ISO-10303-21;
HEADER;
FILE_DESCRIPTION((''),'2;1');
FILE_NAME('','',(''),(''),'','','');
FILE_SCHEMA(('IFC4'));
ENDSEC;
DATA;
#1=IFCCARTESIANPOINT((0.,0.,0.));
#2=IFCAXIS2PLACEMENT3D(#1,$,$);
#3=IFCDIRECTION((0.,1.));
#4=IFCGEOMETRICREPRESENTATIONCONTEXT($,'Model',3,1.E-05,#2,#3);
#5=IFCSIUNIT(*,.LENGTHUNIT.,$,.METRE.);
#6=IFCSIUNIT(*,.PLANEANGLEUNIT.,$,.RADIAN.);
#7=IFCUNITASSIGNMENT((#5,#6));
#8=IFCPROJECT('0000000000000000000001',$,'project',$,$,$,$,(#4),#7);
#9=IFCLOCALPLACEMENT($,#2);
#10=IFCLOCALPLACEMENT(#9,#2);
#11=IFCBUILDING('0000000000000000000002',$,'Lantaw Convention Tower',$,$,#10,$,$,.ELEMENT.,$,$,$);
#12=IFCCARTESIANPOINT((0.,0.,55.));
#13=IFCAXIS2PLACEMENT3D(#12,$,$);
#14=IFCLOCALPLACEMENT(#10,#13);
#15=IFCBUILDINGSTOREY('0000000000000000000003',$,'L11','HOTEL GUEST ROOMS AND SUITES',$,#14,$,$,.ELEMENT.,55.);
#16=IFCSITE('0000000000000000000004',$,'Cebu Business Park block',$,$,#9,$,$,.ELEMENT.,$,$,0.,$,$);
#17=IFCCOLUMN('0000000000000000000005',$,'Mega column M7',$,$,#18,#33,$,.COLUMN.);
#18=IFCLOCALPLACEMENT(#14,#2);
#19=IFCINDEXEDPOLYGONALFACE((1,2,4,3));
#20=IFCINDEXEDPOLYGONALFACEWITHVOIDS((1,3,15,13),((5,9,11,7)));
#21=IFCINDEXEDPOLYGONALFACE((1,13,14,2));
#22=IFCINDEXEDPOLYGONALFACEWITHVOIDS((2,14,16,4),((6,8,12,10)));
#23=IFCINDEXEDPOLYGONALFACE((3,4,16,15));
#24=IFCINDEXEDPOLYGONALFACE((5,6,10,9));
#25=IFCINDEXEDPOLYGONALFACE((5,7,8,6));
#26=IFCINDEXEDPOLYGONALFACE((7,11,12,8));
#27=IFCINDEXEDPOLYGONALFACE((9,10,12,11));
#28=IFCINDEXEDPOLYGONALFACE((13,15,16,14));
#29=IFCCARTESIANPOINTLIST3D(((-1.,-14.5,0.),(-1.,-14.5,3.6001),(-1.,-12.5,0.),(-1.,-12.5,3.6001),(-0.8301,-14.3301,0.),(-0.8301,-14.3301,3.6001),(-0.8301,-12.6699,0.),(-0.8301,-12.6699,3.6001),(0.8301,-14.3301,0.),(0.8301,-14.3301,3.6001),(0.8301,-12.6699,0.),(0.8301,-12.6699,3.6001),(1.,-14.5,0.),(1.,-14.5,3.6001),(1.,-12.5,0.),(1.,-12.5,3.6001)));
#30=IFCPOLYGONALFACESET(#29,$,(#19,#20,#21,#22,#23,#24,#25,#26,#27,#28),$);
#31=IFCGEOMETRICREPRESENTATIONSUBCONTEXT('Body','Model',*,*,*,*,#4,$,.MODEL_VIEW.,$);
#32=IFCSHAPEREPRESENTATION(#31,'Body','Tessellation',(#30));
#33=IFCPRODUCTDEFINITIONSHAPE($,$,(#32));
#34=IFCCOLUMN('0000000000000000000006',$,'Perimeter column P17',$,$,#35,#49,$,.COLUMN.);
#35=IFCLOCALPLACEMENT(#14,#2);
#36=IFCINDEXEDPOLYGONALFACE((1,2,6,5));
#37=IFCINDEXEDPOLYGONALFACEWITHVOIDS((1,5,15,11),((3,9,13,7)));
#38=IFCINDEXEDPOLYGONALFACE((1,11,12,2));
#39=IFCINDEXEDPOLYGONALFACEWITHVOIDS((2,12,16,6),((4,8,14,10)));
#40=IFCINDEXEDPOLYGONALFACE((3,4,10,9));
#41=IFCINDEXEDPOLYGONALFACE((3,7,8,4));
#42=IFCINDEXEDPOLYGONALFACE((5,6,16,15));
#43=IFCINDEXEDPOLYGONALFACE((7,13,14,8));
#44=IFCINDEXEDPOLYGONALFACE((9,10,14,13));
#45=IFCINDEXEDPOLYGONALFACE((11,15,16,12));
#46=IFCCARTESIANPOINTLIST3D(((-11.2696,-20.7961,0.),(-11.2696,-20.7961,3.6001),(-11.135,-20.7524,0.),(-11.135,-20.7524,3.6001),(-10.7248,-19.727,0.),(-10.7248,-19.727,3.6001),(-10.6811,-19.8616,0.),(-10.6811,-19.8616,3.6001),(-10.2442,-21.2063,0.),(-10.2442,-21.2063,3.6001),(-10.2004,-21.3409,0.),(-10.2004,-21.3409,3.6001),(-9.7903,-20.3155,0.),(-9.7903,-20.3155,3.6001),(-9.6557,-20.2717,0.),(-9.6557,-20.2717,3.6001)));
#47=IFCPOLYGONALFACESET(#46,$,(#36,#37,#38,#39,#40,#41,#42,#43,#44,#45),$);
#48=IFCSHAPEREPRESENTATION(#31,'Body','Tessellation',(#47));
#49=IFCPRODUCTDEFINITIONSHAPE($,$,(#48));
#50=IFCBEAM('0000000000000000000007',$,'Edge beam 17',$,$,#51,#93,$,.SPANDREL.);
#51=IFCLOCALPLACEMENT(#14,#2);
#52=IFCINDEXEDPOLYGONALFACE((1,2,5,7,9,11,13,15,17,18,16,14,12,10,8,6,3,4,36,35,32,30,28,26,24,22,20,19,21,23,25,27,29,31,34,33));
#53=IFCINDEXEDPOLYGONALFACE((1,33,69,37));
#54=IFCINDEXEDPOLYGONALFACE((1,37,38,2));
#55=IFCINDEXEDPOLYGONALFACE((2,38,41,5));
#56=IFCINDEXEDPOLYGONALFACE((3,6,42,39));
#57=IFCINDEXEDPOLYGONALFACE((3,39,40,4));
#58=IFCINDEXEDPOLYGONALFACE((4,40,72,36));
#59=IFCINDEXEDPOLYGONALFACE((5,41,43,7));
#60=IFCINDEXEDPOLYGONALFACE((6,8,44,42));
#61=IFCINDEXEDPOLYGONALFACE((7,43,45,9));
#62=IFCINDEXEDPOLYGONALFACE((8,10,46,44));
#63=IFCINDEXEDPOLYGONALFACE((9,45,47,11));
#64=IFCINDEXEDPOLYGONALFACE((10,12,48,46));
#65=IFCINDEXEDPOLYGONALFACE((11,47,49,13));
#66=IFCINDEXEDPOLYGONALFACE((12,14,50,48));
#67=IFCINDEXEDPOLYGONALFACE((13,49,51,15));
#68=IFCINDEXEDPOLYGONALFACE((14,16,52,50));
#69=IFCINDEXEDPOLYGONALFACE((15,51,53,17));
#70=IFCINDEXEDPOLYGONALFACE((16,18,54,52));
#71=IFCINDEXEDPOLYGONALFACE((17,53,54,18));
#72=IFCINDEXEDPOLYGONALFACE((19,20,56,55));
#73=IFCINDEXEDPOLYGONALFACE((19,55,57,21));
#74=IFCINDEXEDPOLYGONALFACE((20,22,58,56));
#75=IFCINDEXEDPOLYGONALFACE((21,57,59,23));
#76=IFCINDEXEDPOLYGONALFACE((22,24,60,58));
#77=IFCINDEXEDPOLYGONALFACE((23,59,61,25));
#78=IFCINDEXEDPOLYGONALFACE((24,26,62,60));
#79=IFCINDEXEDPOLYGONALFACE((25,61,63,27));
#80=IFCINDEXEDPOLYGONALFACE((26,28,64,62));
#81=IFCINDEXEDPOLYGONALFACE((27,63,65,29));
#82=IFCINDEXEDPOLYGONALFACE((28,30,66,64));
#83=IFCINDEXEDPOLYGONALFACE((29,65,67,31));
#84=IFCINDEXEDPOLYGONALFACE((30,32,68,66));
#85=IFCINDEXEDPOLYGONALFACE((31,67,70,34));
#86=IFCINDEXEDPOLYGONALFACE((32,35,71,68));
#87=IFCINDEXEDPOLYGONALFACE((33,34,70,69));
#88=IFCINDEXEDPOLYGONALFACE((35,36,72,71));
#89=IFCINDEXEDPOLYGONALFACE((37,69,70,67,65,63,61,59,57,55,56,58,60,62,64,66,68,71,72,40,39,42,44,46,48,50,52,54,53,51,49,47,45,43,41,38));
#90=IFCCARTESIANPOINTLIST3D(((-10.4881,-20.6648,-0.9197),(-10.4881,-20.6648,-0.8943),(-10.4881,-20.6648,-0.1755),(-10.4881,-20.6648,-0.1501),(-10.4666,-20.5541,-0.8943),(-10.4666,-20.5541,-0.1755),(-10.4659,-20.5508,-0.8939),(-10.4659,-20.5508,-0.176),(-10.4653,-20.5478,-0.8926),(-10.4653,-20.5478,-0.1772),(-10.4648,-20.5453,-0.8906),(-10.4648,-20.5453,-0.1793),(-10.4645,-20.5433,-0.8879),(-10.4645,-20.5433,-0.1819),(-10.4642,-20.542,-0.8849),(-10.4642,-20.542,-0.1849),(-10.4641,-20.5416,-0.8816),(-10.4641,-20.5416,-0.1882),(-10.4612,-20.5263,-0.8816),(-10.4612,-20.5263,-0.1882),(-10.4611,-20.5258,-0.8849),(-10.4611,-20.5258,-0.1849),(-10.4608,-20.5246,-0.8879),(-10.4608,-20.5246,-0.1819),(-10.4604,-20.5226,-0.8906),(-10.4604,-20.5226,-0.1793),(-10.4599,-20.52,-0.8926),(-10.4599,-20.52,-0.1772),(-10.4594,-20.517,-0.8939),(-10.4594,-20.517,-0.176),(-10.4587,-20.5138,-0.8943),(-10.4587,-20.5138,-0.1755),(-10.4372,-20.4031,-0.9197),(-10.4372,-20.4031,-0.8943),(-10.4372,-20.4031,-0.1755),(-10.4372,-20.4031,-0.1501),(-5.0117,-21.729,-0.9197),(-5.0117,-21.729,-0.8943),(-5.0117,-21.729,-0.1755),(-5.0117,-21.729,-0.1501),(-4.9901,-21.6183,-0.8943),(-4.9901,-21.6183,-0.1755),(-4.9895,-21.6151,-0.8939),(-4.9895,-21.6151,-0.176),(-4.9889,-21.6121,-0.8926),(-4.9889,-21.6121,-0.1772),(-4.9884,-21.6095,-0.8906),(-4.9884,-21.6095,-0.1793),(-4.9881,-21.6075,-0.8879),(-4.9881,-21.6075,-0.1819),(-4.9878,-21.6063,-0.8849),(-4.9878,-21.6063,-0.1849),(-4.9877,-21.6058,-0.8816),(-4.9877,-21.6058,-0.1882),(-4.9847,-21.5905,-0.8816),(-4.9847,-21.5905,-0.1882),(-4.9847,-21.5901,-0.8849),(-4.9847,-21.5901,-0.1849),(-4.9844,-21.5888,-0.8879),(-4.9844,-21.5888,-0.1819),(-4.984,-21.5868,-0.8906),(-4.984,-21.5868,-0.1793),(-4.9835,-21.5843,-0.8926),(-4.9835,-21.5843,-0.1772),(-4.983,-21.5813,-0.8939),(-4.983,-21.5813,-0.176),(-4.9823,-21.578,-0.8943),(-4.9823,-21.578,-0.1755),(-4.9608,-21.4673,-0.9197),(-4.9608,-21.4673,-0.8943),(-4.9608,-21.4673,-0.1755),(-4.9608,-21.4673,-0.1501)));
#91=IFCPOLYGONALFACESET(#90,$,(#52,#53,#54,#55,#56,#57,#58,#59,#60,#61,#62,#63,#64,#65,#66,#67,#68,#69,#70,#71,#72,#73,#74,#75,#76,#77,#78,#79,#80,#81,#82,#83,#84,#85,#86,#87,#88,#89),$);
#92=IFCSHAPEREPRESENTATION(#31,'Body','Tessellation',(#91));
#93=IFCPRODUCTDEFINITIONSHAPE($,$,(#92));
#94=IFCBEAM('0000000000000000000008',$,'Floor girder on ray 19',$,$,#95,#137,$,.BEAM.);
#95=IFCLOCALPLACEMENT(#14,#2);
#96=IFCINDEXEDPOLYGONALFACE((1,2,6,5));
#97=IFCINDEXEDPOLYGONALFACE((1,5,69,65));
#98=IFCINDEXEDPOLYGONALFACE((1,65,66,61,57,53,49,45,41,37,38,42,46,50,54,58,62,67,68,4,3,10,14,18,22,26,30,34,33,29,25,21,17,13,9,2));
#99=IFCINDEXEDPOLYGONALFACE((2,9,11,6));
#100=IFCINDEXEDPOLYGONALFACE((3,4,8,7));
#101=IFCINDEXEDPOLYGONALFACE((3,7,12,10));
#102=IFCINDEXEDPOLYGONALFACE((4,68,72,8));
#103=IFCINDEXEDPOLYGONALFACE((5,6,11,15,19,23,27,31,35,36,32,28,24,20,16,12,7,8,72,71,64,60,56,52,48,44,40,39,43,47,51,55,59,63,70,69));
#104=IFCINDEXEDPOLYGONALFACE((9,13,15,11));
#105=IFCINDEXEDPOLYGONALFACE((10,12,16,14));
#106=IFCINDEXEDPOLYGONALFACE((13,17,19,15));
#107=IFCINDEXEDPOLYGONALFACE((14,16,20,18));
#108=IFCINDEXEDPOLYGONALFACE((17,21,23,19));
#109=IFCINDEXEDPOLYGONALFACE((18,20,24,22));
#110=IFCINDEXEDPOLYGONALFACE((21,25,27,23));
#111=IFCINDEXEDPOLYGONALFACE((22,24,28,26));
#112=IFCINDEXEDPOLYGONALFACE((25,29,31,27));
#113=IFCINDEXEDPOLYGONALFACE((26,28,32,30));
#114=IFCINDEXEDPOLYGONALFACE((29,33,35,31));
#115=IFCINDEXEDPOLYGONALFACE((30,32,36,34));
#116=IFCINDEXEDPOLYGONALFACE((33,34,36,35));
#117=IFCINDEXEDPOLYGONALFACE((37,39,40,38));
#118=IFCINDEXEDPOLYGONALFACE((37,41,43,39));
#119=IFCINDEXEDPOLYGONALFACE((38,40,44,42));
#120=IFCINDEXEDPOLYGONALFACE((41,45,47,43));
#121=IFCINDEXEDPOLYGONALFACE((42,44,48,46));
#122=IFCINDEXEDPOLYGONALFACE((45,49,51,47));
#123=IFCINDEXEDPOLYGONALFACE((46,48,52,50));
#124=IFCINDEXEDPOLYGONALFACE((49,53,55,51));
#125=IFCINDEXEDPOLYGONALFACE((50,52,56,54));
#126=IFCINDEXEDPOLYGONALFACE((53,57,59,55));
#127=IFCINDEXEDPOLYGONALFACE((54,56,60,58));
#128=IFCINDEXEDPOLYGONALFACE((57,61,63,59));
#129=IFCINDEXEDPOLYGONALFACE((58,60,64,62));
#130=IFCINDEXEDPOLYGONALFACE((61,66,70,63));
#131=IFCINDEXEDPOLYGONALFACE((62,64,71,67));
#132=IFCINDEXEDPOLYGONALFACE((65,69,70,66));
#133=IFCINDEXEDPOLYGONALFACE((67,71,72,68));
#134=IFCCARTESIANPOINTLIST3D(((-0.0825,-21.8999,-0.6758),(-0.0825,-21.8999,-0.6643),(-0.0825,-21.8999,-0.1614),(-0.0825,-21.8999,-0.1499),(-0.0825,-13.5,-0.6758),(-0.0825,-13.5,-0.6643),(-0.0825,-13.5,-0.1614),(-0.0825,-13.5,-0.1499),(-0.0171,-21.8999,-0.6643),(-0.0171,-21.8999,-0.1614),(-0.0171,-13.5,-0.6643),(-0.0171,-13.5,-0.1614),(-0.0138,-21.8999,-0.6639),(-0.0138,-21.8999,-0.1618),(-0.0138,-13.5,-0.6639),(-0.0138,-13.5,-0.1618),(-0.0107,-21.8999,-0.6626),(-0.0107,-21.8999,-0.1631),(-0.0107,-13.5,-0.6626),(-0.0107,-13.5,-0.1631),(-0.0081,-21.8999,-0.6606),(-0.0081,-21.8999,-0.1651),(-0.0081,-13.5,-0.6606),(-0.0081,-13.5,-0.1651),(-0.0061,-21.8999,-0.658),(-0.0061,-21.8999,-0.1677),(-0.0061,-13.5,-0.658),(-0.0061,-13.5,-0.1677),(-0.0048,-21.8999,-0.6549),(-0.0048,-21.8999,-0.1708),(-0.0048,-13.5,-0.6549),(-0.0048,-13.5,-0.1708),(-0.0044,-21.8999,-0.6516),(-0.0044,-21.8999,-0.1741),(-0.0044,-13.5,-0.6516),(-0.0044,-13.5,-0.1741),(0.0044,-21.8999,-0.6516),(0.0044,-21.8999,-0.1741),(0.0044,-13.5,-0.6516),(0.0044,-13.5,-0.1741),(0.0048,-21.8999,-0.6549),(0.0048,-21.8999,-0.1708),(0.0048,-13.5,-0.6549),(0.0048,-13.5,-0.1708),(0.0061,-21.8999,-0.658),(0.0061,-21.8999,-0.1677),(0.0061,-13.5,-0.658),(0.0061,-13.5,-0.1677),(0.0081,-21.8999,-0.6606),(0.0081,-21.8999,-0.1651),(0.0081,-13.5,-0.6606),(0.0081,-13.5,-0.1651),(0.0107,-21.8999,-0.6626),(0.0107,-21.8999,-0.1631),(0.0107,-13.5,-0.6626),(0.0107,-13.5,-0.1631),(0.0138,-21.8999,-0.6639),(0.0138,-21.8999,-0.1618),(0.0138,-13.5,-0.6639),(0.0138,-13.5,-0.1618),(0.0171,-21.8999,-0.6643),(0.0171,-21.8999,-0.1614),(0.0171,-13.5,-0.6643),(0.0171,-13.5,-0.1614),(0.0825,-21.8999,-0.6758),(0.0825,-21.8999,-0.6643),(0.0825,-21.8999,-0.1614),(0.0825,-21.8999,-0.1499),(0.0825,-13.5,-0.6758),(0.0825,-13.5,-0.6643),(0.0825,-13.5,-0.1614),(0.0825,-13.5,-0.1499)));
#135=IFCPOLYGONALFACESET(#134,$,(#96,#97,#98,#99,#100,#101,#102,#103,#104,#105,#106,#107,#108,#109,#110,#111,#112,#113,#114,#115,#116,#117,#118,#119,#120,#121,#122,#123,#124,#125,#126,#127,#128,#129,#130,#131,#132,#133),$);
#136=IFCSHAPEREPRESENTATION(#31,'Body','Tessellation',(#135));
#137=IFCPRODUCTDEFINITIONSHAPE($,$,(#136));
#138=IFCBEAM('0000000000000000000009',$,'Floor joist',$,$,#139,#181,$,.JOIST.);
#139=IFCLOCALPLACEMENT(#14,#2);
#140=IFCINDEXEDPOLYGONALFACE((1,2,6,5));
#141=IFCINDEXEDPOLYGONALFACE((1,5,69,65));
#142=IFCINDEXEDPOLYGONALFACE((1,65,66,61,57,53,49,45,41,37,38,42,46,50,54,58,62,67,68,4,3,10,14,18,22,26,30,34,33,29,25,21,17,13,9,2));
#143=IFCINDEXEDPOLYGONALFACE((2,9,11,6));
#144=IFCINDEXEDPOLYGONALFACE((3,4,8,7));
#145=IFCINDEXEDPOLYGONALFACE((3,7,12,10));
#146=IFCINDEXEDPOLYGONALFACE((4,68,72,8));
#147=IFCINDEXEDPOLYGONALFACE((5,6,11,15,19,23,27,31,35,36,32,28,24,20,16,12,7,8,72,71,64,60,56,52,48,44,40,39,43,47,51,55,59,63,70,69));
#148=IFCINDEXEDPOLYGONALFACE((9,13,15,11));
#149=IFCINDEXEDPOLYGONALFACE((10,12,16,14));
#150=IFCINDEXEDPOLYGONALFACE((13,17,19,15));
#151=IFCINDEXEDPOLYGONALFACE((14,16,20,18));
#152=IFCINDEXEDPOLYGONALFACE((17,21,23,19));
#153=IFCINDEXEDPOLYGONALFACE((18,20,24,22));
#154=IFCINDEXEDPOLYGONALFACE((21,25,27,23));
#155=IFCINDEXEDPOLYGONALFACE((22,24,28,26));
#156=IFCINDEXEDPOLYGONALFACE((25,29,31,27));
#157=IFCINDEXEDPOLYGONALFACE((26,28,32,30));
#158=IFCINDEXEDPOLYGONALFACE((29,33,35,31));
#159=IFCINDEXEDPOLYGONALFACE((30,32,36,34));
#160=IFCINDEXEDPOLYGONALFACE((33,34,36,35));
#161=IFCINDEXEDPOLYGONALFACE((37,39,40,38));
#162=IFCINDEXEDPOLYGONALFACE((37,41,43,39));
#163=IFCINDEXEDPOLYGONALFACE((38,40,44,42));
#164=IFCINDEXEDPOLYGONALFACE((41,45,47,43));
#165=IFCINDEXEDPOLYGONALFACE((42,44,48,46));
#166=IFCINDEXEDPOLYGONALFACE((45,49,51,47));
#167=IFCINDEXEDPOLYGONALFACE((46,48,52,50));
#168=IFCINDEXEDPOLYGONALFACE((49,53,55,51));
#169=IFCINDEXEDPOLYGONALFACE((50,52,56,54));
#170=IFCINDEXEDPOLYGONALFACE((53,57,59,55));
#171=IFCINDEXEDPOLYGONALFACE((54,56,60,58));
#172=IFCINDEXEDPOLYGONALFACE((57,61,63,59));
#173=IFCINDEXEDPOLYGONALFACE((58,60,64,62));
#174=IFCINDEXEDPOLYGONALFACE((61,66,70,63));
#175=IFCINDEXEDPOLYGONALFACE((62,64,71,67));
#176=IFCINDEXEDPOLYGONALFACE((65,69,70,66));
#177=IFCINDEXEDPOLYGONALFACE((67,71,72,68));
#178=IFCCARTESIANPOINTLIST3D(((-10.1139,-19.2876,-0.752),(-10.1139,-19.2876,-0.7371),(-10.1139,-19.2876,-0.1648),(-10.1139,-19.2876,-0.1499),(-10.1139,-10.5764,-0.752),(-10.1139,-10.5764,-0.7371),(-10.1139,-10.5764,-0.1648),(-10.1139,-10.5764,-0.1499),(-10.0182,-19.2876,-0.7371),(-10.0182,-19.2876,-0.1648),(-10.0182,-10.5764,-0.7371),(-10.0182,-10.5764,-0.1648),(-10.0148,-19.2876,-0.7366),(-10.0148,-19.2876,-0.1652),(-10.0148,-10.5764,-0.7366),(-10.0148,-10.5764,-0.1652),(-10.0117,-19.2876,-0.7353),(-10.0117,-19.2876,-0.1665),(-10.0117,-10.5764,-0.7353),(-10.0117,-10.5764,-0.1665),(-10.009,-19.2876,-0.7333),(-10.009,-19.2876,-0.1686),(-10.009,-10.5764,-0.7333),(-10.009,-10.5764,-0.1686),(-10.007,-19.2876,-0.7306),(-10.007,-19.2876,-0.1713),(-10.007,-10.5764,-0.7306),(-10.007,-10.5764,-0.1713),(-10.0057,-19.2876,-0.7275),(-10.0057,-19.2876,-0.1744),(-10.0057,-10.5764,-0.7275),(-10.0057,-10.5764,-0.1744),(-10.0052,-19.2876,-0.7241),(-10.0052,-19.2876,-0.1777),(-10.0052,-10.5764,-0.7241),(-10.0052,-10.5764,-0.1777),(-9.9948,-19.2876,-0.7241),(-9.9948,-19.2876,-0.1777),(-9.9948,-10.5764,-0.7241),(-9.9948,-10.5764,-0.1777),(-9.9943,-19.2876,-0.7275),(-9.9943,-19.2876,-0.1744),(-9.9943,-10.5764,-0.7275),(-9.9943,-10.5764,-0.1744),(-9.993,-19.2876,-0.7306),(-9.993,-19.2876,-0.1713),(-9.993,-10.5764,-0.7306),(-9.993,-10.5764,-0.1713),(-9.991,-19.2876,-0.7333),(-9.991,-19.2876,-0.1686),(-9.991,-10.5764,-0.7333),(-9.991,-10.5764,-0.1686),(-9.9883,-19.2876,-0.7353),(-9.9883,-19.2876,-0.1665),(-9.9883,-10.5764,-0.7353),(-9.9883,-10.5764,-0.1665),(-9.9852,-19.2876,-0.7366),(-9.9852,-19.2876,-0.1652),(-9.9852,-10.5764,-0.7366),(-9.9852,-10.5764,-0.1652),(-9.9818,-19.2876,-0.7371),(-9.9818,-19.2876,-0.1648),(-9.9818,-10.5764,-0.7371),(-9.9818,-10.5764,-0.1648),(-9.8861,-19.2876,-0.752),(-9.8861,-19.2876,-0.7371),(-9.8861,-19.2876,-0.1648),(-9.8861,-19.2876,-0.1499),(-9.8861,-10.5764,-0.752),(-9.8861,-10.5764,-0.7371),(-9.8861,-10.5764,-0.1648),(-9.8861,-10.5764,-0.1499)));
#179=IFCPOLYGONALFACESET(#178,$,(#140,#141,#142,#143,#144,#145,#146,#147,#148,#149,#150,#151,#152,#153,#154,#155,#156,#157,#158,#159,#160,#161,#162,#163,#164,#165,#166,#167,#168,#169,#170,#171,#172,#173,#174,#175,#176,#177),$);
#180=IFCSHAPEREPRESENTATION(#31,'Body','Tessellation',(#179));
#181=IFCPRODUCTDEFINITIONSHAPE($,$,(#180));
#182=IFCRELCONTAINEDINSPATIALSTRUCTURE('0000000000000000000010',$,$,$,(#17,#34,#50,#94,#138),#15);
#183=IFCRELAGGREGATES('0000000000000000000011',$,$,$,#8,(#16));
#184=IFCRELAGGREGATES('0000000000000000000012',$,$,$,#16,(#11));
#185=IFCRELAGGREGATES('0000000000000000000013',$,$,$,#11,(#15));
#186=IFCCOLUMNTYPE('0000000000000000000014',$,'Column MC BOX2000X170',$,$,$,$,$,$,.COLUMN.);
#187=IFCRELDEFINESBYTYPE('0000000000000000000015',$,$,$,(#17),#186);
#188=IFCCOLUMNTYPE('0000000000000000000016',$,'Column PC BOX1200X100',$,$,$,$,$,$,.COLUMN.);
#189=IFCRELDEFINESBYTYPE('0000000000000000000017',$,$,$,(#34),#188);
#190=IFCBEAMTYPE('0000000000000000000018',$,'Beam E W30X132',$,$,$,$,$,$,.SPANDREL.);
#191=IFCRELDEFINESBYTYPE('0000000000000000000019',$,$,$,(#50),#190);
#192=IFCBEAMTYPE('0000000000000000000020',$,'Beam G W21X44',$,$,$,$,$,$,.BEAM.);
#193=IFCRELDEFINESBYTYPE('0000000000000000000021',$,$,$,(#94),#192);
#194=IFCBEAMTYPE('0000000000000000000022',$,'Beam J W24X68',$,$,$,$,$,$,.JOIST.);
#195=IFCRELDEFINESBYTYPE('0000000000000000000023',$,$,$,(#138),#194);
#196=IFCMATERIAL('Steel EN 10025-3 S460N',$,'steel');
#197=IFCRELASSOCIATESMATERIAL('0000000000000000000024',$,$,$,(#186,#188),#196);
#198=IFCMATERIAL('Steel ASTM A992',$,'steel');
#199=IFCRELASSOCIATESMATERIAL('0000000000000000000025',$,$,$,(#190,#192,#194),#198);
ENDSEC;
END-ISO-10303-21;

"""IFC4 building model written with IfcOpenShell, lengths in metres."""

from ifc_helpers import new_model, si_unit, direction, frame, origin, origin_2d, place, context, subcontext, project, spatial, rectangle, hollow_rectangle, i_section, extrude, material, material_profile, profile_set, type_object, element, save


model = new_model("IFC4")

# Units and contexts
model_context = context("Model", 3, precision=1e-05, world=origin(), true_north=direction((0.0, 1.0)))
body_context = subcontext(model_context, "Body", "Model", "MODEL_VIEW")
ifc_project = project(units=[si_unit("LENGTHUNIT", "METRE"), si_unit("PLANEANGLEUNIT", "RADIAN")], contexts=[model_context])

# Site, building, storey
site_placement = place(None, origin())
site = spatial("IfcSite", under=ifc_project, at=site_placement, Name="Cebu Business Park block", CompositionType="ELEMENT", RefElevation=0.0)
building_placement = place(site_placement, origin())
building = spatial("IfcBuilding", under=site, at=building_placement, Name="Lantaw Convention Tower", CompositionType="ELEMENT")
storey_placement = place(building_placement, frame((0.0, 0.0, 55.0)))
storey = spatial("IfcBuildingStorey", under=building, at=storey_placement, Name="L11", Description="HOTEL GUEST ROOMS AND SUITES", CompositionType="ELEMENT", Elevation=55.0)

# Columns
ifc_material_1 = material(Name="Steel EN 10025-3 S460N", Category="steel")
ifc_material_profile_1 = material_profile(ifc_material_1, hollow_rectangle(XDim=2.0, YDim=2.0, WallThickness=0.1699, at=origin_2d()), Name="BOX2000X170")
ifc_material_2 = material(Name="Concrete C60/75", Category="concrete")
ifc_material_profile_2 = material_profile(ifc_material_2, rectangle(XDim=1.6599, YDim=1.6599, at=origin_2d()), Name="Concrete fill of BOX2000X170")
ifc_profile_set_1 = profile_set([ifc_material_profile_1, ifc_material_profile_2], Name="Steel EN 10025-3 S460N")
column_type_1 = type_object("IfcColumnType", Name="Column MC BOX2000X170", PredefinedType="COLUMN", material=ifc_profile_set_1)
column_1_placement = place(storey_placement, frame((0.0, -13.5, 0.0), z_axis=(0.0, 0.0, 1.0), x_axis=(1.0, 0.0, 0.0)))
element("IfcColumn", 1, at=column_1_placement, inside=storey, type_object=column_type_1, Name="Mega column M7", PredefinedType="COLUMN", context=body_context, shape_type="SweptSolid", body=[
    extrude(hollow_rectangle(XDim=2.0, YDim=2.0, WallThickness=0.1699, at=origin_2d()), origin(), (0.0, 0.0, 1.0), 3.6001),
])
ifc_material_profile_3 = material_profile(ifc_material_1, hollow_rectangle(XDim=1.2, YDim=1.2, WallThickness=0.1001, at=origin_2d()), Name="BOX1200X100")
ifc_material_profile_4 = material_profile(ifc_material_2, rectangle(XDim=1.0, YDim=1.0, at=origin_2d()), Name="Concrete fill of BOX1200X100")
ifc_profile_set_2 = profile_set([ifc_material_profile_3, ifc_material_profile_4], Name="Steel EN 10025-3 S460N")
column_type_2 = type_object("IfcColumnType", Name="Column PC BOX1200X100", PredefinedType="COLUMN", material=ifc_profile_set_2)
column_2_placement = place(storey_placement, frame((-10.4626, -20.5339, 0.0), z_axis=(0.0, 0.0, 1.0), x_axis=(0.45399, 0.891007, 0.0)))
element("IfcColumn", 2, at=column_2_placement, inside=storey, type_object=column_type_2, Name="Perimeter column P17", PredefinedType="COLUMN", context=body_context, shape_type="SweptSolid", body=[
    extrude(hollow_rectangle(XDim=1.2, YDim=1.2, WallThickness=0.1001, at=origin_2d()), origin(), (0.0, 0.0, 1.0), 3.6001),
])

# Beams
ifc_material_3 = material(Name="Steel ASTM A992", Category="steel")
ifc_material_profile_5 = material_profile(ifc_material_3, i_section(OverallWidth=0.2666, OverallDepth=0.7695, WebThickness=0.0156, FlangeThickness=0.0254, FilletRadius=0.0127, at=origin_2d()), Name="W30X132")
ifc_profile_set_3 = profile_set([ifc_material_profile_5], Name="Steel ASTM A992")
beam_type_1 = type_object("IfcBeamType", Name="Beam E W30X132", PredefinedType="SPANDREL", material=ifc_profile_set_3)
beam_1_placement = place(storey_placement, frame((-10.4626, -20.5339, -0.5349), z_axis=(0.981637, -0.190761, 0.0), x_axis=(0.190761, 0.981637, 0.0)))
element("IfcBeam", 3, at=beam_1_placement, inside=storey, type_object=beam_type_1, Name="Edge beam 17", PredefinedType="SPANDREL", context=body_context, shape_type="SweptSolid", body=[
    extrude(i_section(OverallWidth=0.2666, OverallDepth=0.7695, WebThickness=0.0156, FlangeThickness=0.0254, FilletRadius=0.0127, at=origin_2d()), origin(), (0.0, 0.0, 1.0), 5.5789),
])
ifc_material_profile_6 = material_profile(ifc_material_3, i_section(OverallWidth=0.165, OverallDepth=0.5259, WebThickness=0.0088, FlangeThickness=0.0115, FilletRadius=0.0127, at=origin_2d()), Name="W21X44")
ifc_profile_set_4 = profile_set([ifc_material_profile_6], Name="Steel ASTM A992")
beam_type_2 = type_object("IfcBeamType", Name="Beam G W21X44", PredefinedType="BEAM", material=ifc_profile_set_4)
beam_2_placement = place(storey_placement, frame((0.0, -13.5, -0.4128), z_axis=(0.0, -1.0, 0.0), x_axis=(1.0, 0.0, 0.0)))
element("IfcBeam", 4, at=beam_2_placement, inside=storey, type_object=beam_type_2, Name="Floor girder on ray 19", PredefinedType="BEAM", context=body_context, shape_type="SweptSolid", body=[
    extrude(i_section(OverallWidth=0.165, OverallDepth=0.5259, WebThickness=0.0088, FlangeThickness=0.0115, FilletRadius=0.0127, at=origin_2d()), origin(), (0.0, 0.0, 1.0), 8.3999),
])
ifc_material_profile_7 = material_profile(ifc_material_3, i_section(OverallWidth=0.2278, OverallDepth=0.6021, WebThickness=0.0105, FlangeThickness=0.0149, FilletRadius=0.0129, at=origin_2d()), Name="W24X68")
ifc_profile_set_5 = profile_set([ifc_material_profile_7], Name="Steel ASTM A992")
beam_type_3 = type_object("IfcBeamType", Name="Beam J W24X68", PredefinedType="JOIST", material=ifc_profile_set_5)
beam_3_placement = place(storey_placement, frame((-10.0, -19.2876, -0.4509), z_axis=(0.0, 1.0, 0.0), x_axis=(-1.0, 0.0, 0.0)))
element("IfcBeam", 5, at=beam_3_placement, inside=storey, type_object=beam_type_3, Name="Floor joist", PredefinedType="JOIST", context=body_context, shape_type="SweptSolid", body=[
    extrude(i_section(OverallWidth=0.2278, OverallDepth=0.6021, WebThickness=0.0105, FlangeThickness=0.0149, FilletRadius=0.0129, at=origin_2d()), origin(), (0.0, 0.0, 1.0), 8.7112),
])

save(model, "model.ifc")
